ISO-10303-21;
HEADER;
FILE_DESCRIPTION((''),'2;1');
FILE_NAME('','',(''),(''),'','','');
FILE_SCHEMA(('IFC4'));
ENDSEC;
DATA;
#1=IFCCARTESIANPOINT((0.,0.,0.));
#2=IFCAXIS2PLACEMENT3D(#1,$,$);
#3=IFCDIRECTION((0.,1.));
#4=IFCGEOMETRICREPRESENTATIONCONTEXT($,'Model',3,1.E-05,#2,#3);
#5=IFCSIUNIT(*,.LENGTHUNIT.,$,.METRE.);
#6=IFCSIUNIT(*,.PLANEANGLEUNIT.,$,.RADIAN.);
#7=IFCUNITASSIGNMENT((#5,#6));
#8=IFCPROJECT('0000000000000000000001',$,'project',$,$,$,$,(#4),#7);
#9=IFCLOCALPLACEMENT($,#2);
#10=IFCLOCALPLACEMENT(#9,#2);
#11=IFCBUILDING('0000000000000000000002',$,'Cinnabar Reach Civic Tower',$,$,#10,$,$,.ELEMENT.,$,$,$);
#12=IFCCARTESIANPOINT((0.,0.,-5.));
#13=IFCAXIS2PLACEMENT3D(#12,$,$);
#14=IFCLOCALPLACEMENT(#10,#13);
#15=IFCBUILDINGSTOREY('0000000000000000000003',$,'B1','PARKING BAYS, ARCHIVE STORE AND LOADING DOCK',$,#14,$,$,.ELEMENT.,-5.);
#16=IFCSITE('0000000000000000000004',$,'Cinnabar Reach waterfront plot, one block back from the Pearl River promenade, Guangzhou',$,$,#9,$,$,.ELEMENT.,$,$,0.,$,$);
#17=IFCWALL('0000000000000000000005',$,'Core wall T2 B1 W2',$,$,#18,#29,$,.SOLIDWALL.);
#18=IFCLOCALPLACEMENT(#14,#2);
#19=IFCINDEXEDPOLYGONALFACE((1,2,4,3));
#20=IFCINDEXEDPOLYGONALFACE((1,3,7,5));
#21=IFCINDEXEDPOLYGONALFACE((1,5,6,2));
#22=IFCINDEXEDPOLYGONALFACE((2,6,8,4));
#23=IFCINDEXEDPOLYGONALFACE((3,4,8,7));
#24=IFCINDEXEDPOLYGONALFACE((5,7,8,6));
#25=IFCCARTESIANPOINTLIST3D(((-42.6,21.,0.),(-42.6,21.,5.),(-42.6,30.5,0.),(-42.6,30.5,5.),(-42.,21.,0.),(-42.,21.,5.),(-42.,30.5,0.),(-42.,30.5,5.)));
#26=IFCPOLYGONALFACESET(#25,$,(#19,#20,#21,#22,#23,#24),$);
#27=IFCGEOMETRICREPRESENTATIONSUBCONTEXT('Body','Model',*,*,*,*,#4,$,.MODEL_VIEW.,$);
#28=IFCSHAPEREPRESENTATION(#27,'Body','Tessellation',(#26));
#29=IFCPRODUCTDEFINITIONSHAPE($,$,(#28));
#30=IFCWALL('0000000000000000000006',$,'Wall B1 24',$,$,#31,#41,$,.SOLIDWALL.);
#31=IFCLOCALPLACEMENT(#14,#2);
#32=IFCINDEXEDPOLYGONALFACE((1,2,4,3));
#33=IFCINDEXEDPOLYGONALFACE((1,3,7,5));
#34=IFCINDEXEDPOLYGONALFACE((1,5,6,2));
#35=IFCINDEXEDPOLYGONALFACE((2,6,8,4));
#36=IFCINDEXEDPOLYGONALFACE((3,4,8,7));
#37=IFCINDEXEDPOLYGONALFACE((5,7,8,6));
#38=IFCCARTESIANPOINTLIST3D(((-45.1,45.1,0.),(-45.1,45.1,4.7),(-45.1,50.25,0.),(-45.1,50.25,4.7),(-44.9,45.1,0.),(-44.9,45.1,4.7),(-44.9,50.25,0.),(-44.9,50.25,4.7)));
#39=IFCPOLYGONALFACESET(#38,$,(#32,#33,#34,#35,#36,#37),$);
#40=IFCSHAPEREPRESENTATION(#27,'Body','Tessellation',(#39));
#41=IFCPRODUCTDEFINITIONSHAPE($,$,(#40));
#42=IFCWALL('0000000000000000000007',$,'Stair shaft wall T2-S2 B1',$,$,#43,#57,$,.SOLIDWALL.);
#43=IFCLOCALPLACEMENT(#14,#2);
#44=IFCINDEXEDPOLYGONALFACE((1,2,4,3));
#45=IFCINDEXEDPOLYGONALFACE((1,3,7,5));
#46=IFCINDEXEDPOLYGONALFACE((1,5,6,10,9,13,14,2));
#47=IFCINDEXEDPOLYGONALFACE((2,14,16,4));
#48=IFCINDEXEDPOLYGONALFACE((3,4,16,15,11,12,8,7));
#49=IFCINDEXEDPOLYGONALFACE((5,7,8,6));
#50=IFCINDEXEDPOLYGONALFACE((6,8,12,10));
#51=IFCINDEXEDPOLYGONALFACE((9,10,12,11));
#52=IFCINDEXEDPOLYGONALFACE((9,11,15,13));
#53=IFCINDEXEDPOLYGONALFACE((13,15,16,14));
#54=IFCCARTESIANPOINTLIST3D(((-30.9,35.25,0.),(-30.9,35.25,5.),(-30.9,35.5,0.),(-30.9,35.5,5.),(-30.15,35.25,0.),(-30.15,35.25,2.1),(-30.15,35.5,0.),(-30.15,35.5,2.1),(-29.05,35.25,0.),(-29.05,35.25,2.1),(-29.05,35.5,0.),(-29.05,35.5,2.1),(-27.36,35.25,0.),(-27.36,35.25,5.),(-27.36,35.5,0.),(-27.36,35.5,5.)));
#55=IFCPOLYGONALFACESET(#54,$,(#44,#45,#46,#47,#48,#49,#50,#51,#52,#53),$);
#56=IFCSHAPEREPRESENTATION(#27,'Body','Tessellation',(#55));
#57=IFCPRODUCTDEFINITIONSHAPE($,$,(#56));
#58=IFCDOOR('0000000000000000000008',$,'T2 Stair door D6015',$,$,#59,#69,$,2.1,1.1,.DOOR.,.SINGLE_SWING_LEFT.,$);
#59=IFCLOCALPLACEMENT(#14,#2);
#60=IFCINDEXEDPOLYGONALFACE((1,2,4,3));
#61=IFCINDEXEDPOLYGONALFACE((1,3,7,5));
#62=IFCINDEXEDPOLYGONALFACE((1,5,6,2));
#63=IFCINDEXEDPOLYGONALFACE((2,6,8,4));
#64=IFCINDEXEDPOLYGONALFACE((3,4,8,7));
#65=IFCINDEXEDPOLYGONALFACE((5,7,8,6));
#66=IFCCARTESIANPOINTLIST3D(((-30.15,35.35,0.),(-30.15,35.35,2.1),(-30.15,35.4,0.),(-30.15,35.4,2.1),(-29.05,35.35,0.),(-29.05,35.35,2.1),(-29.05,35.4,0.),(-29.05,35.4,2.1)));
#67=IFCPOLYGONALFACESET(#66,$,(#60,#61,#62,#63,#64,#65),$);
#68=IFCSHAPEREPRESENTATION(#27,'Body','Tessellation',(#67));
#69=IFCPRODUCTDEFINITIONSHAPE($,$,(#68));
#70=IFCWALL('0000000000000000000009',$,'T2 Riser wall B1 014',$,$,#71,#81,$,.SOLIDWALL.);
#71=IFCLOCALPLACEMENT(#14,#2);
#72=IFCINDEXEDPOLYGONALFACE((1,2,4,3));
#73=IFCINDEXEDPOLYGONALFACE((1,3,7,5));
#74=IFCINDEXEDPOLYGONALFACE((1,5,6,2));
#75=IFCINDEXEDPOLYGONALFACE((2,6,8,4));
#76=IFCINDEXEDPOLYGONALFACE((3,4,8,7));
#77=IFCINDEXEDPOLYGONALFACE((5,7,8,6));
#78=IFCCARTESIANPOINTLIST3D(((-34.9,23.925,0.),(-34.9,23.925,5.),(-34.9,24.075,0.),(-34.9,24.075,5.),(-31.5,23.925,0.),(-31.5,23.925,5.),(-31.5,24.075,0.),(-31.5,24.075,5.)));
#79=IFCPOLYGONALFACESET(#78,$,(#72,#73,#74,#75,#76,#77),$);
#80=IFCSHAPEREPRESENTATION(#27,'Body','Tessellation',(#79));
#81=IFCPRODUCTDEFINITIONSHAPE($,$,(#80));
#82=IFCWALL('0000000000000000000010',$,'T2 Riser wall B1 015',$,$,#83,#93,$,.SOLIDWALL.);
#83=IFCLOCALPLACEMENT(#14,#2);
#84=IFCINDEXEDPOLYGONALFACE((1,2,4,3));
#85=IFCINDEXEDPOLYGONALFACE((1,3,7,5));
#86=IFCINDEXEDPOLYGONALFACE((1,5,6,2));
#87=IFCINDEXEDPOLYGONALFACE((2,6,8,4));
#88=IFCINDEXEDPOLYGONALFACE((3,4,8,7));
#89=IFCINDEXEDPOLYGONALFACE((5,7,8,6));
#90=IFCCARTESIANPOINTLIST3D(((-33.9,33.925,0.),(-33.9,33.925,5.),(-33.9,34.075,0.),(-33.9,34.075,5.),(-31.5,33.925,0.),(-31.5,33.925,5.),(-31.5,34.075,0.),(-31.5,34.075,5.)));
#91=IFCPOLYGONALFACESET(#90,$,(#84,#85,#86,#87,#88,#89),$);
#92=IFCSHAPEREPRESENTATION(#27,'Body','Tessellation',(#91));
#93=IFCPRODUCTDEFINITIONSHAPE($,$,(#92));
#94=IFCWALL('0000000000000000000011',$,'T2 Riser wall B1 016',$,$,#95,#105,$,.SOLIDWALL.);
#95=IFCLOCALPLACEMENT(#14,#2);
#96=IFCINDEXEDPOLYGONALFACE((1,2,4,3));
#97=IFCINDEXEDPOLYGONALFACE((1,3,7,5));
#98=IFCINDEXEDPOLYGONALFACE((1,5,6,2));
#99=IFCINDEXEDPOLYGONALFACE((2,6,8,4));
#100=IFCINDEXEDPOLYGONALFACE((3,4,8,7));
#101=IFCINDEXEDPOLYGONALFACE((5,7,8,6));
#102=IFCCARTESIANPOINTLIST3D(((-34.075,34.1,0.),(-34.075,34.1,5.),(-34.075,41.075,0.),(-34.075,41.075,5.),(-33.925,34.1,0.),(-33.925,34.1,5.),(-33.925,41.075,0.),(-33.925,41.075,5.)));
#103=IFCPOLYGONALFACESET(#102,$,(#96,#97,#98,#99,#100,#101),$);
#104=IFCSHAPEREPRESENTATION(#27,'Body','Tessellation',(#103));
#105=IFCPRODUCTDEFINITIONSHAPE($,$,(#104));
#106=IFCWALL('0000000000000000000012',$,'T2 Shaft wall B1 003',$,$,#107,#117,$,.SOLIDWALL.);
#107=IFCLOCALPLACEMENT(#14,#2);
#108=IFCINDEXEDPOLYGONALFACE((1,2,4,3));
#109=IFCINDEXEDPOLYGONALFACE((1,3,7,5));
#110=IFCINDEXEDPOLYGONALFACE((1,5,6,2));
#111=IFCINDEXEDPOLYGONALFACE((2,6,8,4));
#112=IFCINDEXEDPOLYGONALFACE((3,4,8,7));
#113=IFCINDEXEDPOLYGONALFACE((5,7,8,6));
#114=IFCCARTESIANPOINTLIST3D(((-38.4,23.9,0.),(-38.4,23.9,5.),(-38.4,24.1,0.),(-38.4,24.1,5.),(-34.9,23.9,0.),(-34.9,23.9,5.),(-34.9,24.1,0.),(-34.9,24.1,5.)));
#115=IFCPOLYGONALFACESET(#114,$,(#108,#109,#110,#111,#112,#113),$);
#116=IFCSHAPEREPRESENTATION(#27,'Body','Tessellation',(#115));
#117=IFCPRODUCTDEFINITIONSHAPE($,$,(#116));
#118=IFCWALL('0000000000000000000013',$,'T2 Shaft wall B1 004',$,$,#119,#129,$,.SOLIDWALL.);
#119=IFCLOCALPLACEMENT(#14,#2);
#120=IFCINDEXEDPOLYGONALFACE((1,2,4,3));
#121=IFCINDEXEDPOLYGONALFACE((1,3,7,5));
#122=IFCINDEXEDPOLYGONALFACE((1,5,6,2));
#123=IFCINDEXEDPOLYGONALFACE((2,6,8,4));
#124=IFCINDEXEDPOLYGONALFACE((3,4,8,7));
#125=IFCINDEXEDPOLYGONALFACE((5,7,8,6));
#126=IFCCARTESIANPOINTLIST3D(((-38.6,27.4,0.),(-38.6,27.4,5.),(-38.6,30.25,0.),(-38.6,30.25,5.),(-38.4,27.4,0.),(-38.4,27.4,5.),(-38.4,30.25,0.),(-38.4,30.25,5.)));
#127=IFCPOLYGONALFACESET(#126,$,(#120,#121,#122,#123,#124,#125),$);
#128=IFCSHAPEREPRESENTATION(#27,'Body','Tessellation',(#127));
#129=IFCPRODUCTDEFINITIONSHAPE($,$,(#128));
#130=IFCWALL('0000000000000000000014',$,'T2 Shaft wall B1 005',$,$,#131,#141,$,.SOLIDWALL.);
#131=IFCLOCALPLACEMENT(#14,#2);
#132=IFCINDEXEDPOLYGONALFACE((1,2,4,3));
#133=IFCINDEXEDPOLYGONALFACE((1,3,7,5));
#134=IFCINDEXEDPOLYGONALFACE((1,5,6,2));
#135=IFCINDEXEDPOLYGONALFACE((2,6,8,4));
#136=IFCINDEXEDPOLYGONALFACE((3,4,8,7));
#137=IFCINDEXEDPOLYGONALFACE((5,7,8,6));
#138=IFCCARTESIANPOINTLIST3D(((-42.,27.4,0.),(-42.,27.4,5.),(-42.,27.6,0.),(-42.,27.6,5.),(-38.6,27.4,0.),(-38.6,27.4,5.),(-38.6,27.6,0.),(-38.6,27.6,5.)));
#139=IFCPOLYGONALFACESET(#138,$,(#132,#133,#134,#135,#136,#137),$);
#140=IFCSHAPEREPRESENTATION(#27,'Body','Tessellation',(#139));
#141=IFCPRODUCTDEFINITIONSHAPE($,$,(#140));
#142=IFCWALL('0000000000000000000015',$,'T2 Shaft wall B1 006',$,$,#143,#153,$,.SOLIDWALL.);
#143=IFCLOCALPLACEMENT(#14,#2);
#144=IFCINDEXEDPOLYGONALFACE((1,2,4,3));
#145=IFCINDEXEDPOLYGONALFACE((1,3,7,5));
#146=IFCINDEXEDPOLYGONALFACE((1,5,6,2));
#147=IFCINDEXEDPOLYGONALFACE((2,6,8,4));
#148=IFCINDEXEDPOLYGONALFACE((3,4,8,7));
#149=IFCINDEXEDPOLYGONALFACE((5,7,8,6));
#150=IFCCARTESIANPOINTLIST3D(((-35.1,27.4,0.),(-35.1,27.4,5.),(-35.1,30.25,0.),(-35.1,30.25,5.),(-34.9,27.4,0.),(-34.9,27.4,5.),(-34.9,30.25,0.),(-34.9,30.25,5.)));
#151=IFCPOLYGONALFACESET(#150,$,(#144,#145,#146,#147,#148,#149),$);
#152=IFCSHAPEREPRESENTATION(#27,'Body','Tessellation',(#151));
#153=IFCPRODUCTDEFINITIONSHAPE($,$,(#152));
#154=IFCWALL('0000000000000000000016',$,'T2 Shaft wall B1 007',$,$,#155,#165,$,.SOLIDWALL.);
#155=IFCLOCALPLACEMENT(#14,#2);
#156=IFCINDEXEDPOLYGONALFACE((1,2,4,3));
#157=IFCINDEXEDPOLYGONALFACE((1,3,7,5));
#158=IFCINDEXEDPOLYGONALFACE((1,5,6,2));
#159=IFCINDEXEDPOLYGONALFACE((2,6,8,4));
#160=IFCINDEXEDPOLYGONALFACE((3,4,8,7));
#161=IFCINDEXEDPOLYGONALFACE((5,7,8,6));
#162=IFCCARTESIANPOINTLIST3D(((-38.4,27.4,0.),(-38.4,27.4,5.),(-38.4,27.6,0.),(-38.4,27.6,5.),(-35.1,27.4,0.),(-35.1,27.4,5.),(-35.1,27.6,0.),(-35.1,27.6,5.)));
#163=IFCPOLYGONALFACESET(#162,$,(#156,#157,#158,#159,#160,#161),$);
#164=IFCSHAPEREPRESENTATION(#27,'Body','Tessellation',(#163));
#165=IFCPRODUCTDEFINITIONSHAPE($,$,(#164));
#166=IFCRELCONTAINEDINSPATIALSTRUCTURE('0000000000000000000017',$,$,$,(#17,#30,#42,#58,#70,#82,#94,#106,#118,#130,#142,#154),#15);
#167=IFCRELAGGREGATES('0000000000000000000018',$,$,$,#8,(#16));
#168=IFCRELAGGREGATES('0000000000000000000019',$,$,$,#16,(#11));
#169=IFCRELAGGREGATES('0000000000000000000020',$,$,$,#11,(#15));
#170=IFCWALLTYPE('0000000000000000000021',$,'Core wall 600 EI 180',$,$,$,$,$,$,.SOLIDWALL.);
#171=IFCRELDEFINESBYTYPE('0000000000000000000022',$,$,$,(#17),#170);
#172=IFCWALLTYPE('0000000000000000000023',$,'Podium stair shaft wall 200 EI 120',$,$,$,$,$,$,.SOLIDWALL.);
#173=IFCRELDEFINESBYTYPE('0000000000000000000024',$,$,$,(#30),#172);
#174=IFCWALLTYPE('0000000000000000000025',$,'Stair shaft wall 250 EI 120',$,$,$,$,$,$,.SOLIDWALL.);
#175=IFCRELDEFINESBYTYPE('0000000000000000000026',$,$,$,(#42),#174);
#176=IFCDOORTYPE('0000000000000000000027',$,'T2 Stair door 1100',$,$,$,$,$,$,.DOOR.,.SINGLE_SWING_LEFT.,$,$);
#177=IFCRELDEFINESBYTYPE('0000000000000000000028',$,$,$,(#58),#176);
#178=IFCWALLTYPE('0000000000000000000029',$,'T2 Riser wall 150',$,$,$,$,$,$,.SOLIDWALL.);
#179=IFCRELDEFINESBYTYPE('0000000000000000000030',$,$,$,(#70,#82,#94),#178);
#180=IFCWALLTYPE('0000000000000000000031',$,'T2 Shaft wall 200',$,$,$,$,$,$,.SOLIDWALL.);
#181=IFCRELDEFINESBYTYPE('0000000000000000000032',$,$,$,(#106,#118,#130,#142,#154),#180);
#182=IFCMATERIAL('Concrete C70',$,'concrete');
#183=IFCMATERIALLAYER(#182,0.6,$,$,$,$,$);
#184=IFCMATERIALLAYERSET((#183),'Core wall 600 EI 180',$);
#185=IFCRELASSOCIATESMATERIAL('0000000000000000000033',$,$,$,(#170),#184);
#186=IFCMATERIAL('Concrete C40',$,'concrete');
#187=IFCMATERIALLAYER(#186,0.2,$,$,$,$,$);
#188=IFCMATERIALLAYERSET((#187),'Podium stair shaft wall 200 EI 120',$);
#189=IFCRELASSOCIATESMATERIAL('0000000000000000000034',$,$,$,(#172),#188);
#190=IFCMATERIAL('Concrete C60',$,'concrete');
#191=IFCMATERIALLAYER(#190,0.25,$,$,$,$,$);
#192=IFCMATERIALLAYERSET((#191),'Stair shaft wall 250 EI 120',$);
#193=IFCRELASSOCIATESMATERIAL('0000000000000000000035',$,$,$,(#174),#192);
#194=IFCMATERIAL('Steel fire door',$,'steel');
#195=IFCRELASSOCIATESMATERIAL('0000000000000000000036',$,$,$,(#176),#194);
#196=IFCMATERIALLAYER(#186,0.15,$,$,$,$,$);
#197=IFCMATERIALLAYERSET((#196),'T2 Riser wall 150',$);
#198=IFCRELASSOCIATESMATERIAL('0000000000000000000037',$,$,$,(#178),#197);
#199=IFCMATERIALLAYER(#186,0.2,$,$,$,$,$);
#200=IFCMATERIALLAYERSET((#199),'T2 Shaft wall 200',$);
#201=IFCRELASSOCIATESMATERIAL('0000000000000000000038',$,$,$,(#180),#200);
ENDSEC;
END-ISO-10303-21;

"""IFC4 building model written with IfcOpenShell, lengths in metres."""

from ifc_helpers import new_model, si_unit, direction, frame, frame_2d, origin, place, context, subcontext, project, spatial, rectangle, extrude, material, layer, layer_set, type_object, element, fill, save


model = new_model("IFC4")

# Units and contexts
model_context = context("Model", 3, precision=1e-05, world=origin(), true_north=direction((0.0, 1.0)))
body_context = subcontext(model_context, "Body", "Model", "MODEL_VIEW")
ifc_project = project(units=[si_unit("LENGTHUNIT", "METRE"), si_unit("PLANEANGLEUNIT", "RADIAN")], contexts=[model_context])

# Site, building, storey
site_placement = place(None, origin())
site = spatial("IfcSite", under=ifc_project, at=site_placement, Name="Cinnabar Reach waterfront plot, one block back from the Pearl River promenade, Guangzhou", CompositionType="ELEMENT", RefElevation=0.0)
building_placement = place(site_placement, origin())
building = spatial("IfcBuilding", under=site, at=building_placement, Name="Cinnabar Reach Civic Tower", CompositionType="ELEMENT")
storey_placement = place(building_placement, frame((0.0, 0.0, -5.0)))
storey = spatial("IfcBuildingStorey", under=building, at=storey_placement, Name="B1", Description="PARKING BAYS, ARCHIVE STORE AND LOADING DOCK", CompositionType="ELEMENT", Elevation=-5.0)

# Shared definitions
ifc_material_1 = material(Name="Concrete C70", Category="concrete")
ifc_material_2 = material(Name="Concrete C60", Category="concrete")

# Shared definitions
ifc_layer_1 = layer(ifc_material_1, 0.6)
ifc_layer_set_1 = layer_set([ifc_layer_1], Name="Core wall 600 EI 180")
wall_type_1 = type_object("IfcWallType", Name="Core wall 600 EI 180", PredefinedType="SOLIDWALL", material=ifc_layer_set_1)

# Shared definitions
ifc_material_3 = material(Name="Steel fire door", Category="steel")

# Walls
wall_1_placement = place(storey_placement, frame((-42.3, 30.5, 0.0), z_axis=(0.0, 0.0, 1.0), x_axis=(0.0, -1.0, 0.0)))
element("IfcWall", 1, at=wall_1_placement, inside=storey, type_object=wall_type_1, Name="Core wall T2 B1 W2", PredefinedType="SOLIDWALL", context=body_context, shape_type="SweptSolid", body=[
    extrude(rectangle(XDim=9.5, YDim=0.6, at=frame_2d((4.75, 0.0))), origin(), (0.0, 0.0, 1.0), 5.0),
])
ifc_material_4 = material(Name="Concrete C40", Category="concrete")
ifc_layer_2 = layer(ifc_material_4, 0.2)
ifc_layer_set_2 = layer_set([ifc_layer_2], Name="Podium stair shaft wall 200 EI 120")
wall_type_2 = type_object("IfcWallType", Name="Podium stair shaft wall 200 EI 120", PredefinedType="SOLIDWALL", material=ifc_layer_set_2)
wall_2_placement = place(storey_placement, frame((-45.0, 45.1, 0.0), z_axis=(0.0, 0.0, 1.0), x_axis=(0.0, 1.0, 0.0)))
element("IfcWall", 2, at=wall_2_placement, inside=storey, type_object=wall_type_2, Name="Wall B1 24", PredefinedType="SOLIDWALL", context=body_context, shape_type="SweptSolid", body=[
    extrude(rectangle(XDim=5.15, YDim=0.2, at=frame_2d((2.575, 0.0))), origin(), (0.0, 0.0, 1.0), 4.7),
])

# Wall, opening, door
ifc_layer_3 = layer(ifc_material_2, 0.25)
ifc_layer_set_3 = layer_set([ifc_layer_3], Name="Stair shaft wall 250 EI 120")
wall_type_3 = type_object("IfcWallType", Name="Stair shaft wall 250 EI 120", PredefinedType="SOLIDWALL", material=ifc_layer_set_3)
wall_3_placement = place(storey_placement, frame((-30.9, 35.375, 0.0), z_axis=(0.0, 0.0, 1.0), x_axis=(1.0, 0.0, 0.0)))
wall_3 = element("IfcWall", 3, at=wall_3_placement, inside=storey, type_object=wall_type_3, Name="Stair shaft wall T2-S2 B1", PredefinedType="SOLIDWALL", context=body_context, shape_type="SweptSolid", body=[
    extrude(rectangle(XDim=3.54, YDim=0.25, at=frame_2d((1.77, 0.0))), origin(), (0.0, 0.0, 1.0), 5.0),
])
opening_1_placement = place(wall_3_placement, frame((0.75, 0.0, 0.0)))
opening_1 = element("IfcOpeningElement", 4, at=opening_1_placement, cuts=wall_3, PredefinedType="OPENING", context=body_context, shape_type="SweptSolid", body=[
    extrude(rectangle(XDim=1.1, YDim=2.1, at=frame_2d((0.55, 1.05))), frame((0.0, 0.135, 0.0), z_axis=(0.0, -1.0, 0.0), x_axis=(1.0, 0.0, 0.0)), (0.0, 0.0, 1.0), 0.27),
])
door_type_1 = type_object("IfcDoorType", Name="T2 Stair door 1100", OperationType="SINGLE_SWING_LEFT", PredefinedType="DOOR", material=ifc_material_3)
door_1_placement = place(opening_1_placement, origin())
door_1 = element("IfcDoor", 5, at=door_1_placement, inside=storey, type_object=door_type_1, Name="T2 Stair door D6015", OperationType="SINGLE_SWING_LEFT", OverallHeight=2.1, OverallWidth=1.1, PredefinedType="DOOR", context=body_context, shape_type="SweptSolid", body=[
    extrude(rectangle(XDim=1.1, YDim=2.1, at=frame_2d((0.55, 1.05))), frame((0.0, 0.025, 0.0), z_axis=(0.0, -1.0, 0.0), x_axis=(1.0, 0.0, 0.0)), (0.0, 0.0, 1.0), 0.05),
])
fill(opening_1, door_1)

# Walls
ifc_layer_4 = layer(ifc_material_4, 0.15)
ifc_layer_set_4 = layer_set([ifc_layer_4], Name="T2 Riser wall 150")
wall_type_4 = type_object("IfcWallType", Name="T2 Riser wall 150", PredefinedType="SOLIDWALL", material=ifc_layer_set_4)
wall_4_placement = place(storey_placement, frame((-31.5, 24.0, 0.0), z_axis=(0.0, 0.0, 1.0), x_axis=(-1.0, 0.0, 0.0)))
element("IfcWall", 6, at=wall_4_placement, inside=storey, type_object=wall_type_4, Name="T2 Riser wall B1 014", PredefinedType="SOLIDWALL", context=body_context, shape_type="SweptSolid", body=[
    extrude(rectangle(XDim=3.4, YDim=0.15, at=frame_2d((1.7, 0.0))), origin(), (0.0, 0.0, 1.0), 5.0),
])
wall_5_placement = place(storey_placement, frame((-33.9, 34.0, 0.0), z_axis=(0.0, 0.0, 1.0), x_axis=(1.0, 0.0, 0.0)))
element("IfcWall", 7, at=wall_5_placement, inside=storey, type_object=wall_type_4, Name="T2 Riser wall B1 015", PredefinedType="SOLIDWALL", context=body_context, shape_type="SweptSolid", body=[
    extrude(rectangle(XDim=2.4, YDim=0.15, at=frame_2d((1.2, 0.0))), origin(), (0.0, 0.0, 1.0), 5.0),
])
wall_6_placement = place(storey_placement, frame((-34.0, 41.075, 0.0), z_axis=(0.0, 0.0, 1.0), x_axis=(0.0, -1.0, 0.0)))
element("IfcWall", 8, at=wall_6_placement, inside=storey, type_object=wall_type_4, Name="T2 Riser wall B1 016", PredefinedType="SOLIDWALL", context=body_context, shape_type="SweptSolid", body=[
    extrude(rectangle(XDim=6.975, YDim=0.15, at=frame_2d((3.4875, 0.0))), origin(), (0.0, 0.0, 1.0), 5.0),
])
ifc_layer_5 = layer(ifc_material_4, 0.2)
ifc_layer_set_5 = layer_set([ifc_layer_5], Name="T2 Shaft wall 200")
wall_type_5 = type_object("IfcWallType", Name="T2 Shaft wall 200", PredefinedType="SOLIDWALL", material=ifc_layer_set_5)
wall_7_placement = place(storey_placement, frame((-34.9, 24.0, 0.0), z_axis=(0.0, 0.0, 1.0), x_axis=(-1.0, 0.0, 0.0)))
element("IfcWall", 9, at=wall_7_placement, inside=storey, type_object=wall_type_5, Name="T2 Shaft wall B1 003", PredefinedType="SOLIDWALL", context=body_context, shape_type="SweptSolid", body=[
    extrude(rectangle(XDim=3.5, YDim=0.2, at=frame_2d((1.75, 0.0))), origin(), (0.0, 0.0, 1.0), 5.0),
])
wall_8_placement = place(storey_placement, frame((-38.5, 27.4, 0.0), z_axis=(0.0, 0.0, 1.0), x_axis=(0.0, 1.0, 0.0)))
element("IfcWall", 10, at=wall_8_placement, inside=storey, type_object=wall_type_5, Name="T2 Shaft wall B1 004", PredefinedType="SOLIDWALL", context=body_context, shape_type="SweptSolid", body=[
    extrude(rectangle(XDim=2.85, YDim=0.2, at=frame_2d((1.425, 0.0))), origin(), (0.0, 0.0, 1.0), 5.0),
])
wall_9_placement = place(storey_placement, frame((-42.0, 27.5, 0.0), z_axis=(0.0, 0.0, 1.0), x_axis=(1.0, 0.0, 0.0)))
element("IfcWall", 11, at=wall_9_placement, inside=storey, type_object=wall_type_5, Name="T2 Shaft wall B1 005", PredefinedType="SOLIDWALL", context=body_context, shape_type="SweptSolid", body=[
    extrude(rectangle(XDim=3.4, YDim=0.2, at=frame_2d((1.7, 0.0))), origin(), (0.0, 0.0, 1.0), 5.0),
])
wall_10_placement = place(storey_placement, frame((-35.0, 27.4, 0.0), z_axis=(0.0, 0.0, 1.0), x_axis=(0.0, 1.0, 0.0)))
element("IfcWall", 12, at=wall_10_placement, inside=storey, type_object=wall_type_5, Name="T2 Shaft wall B1 006", PredefinedType="SOLIDWALL", context=body_context, shape_type="SweptSolid", body=[
    extrude(rectangle(XDim=2.85, YDim=0.2, at=frame_2d((1.425, 0.0))), origin(), (0.0, 0.0, 1.0), 5.0),
])
wall_11_placement = place(storey_placement, frame((-38.4, 27.5, 0.0), z_axis=(0.0, 0.0, 1.0), x_axis=(1.0, 0.0, 0.0)))
element("IfcWall", 13, at=wall_11_placement, inside=storey, type_object=wall_type_5, Name="T2 Shaft wall B1 007", PredefinedType="SOLIDWALL", context=body_context, shape_type="SweptSolid", body=[
    extrude(rectangle(XDim=3.3, YDim=0.2, at=frame_2d((1.65, 0.0))), origin(), (0.0, 0.0, 1.0), 5.0),
])

save(model, "model.ifc")
